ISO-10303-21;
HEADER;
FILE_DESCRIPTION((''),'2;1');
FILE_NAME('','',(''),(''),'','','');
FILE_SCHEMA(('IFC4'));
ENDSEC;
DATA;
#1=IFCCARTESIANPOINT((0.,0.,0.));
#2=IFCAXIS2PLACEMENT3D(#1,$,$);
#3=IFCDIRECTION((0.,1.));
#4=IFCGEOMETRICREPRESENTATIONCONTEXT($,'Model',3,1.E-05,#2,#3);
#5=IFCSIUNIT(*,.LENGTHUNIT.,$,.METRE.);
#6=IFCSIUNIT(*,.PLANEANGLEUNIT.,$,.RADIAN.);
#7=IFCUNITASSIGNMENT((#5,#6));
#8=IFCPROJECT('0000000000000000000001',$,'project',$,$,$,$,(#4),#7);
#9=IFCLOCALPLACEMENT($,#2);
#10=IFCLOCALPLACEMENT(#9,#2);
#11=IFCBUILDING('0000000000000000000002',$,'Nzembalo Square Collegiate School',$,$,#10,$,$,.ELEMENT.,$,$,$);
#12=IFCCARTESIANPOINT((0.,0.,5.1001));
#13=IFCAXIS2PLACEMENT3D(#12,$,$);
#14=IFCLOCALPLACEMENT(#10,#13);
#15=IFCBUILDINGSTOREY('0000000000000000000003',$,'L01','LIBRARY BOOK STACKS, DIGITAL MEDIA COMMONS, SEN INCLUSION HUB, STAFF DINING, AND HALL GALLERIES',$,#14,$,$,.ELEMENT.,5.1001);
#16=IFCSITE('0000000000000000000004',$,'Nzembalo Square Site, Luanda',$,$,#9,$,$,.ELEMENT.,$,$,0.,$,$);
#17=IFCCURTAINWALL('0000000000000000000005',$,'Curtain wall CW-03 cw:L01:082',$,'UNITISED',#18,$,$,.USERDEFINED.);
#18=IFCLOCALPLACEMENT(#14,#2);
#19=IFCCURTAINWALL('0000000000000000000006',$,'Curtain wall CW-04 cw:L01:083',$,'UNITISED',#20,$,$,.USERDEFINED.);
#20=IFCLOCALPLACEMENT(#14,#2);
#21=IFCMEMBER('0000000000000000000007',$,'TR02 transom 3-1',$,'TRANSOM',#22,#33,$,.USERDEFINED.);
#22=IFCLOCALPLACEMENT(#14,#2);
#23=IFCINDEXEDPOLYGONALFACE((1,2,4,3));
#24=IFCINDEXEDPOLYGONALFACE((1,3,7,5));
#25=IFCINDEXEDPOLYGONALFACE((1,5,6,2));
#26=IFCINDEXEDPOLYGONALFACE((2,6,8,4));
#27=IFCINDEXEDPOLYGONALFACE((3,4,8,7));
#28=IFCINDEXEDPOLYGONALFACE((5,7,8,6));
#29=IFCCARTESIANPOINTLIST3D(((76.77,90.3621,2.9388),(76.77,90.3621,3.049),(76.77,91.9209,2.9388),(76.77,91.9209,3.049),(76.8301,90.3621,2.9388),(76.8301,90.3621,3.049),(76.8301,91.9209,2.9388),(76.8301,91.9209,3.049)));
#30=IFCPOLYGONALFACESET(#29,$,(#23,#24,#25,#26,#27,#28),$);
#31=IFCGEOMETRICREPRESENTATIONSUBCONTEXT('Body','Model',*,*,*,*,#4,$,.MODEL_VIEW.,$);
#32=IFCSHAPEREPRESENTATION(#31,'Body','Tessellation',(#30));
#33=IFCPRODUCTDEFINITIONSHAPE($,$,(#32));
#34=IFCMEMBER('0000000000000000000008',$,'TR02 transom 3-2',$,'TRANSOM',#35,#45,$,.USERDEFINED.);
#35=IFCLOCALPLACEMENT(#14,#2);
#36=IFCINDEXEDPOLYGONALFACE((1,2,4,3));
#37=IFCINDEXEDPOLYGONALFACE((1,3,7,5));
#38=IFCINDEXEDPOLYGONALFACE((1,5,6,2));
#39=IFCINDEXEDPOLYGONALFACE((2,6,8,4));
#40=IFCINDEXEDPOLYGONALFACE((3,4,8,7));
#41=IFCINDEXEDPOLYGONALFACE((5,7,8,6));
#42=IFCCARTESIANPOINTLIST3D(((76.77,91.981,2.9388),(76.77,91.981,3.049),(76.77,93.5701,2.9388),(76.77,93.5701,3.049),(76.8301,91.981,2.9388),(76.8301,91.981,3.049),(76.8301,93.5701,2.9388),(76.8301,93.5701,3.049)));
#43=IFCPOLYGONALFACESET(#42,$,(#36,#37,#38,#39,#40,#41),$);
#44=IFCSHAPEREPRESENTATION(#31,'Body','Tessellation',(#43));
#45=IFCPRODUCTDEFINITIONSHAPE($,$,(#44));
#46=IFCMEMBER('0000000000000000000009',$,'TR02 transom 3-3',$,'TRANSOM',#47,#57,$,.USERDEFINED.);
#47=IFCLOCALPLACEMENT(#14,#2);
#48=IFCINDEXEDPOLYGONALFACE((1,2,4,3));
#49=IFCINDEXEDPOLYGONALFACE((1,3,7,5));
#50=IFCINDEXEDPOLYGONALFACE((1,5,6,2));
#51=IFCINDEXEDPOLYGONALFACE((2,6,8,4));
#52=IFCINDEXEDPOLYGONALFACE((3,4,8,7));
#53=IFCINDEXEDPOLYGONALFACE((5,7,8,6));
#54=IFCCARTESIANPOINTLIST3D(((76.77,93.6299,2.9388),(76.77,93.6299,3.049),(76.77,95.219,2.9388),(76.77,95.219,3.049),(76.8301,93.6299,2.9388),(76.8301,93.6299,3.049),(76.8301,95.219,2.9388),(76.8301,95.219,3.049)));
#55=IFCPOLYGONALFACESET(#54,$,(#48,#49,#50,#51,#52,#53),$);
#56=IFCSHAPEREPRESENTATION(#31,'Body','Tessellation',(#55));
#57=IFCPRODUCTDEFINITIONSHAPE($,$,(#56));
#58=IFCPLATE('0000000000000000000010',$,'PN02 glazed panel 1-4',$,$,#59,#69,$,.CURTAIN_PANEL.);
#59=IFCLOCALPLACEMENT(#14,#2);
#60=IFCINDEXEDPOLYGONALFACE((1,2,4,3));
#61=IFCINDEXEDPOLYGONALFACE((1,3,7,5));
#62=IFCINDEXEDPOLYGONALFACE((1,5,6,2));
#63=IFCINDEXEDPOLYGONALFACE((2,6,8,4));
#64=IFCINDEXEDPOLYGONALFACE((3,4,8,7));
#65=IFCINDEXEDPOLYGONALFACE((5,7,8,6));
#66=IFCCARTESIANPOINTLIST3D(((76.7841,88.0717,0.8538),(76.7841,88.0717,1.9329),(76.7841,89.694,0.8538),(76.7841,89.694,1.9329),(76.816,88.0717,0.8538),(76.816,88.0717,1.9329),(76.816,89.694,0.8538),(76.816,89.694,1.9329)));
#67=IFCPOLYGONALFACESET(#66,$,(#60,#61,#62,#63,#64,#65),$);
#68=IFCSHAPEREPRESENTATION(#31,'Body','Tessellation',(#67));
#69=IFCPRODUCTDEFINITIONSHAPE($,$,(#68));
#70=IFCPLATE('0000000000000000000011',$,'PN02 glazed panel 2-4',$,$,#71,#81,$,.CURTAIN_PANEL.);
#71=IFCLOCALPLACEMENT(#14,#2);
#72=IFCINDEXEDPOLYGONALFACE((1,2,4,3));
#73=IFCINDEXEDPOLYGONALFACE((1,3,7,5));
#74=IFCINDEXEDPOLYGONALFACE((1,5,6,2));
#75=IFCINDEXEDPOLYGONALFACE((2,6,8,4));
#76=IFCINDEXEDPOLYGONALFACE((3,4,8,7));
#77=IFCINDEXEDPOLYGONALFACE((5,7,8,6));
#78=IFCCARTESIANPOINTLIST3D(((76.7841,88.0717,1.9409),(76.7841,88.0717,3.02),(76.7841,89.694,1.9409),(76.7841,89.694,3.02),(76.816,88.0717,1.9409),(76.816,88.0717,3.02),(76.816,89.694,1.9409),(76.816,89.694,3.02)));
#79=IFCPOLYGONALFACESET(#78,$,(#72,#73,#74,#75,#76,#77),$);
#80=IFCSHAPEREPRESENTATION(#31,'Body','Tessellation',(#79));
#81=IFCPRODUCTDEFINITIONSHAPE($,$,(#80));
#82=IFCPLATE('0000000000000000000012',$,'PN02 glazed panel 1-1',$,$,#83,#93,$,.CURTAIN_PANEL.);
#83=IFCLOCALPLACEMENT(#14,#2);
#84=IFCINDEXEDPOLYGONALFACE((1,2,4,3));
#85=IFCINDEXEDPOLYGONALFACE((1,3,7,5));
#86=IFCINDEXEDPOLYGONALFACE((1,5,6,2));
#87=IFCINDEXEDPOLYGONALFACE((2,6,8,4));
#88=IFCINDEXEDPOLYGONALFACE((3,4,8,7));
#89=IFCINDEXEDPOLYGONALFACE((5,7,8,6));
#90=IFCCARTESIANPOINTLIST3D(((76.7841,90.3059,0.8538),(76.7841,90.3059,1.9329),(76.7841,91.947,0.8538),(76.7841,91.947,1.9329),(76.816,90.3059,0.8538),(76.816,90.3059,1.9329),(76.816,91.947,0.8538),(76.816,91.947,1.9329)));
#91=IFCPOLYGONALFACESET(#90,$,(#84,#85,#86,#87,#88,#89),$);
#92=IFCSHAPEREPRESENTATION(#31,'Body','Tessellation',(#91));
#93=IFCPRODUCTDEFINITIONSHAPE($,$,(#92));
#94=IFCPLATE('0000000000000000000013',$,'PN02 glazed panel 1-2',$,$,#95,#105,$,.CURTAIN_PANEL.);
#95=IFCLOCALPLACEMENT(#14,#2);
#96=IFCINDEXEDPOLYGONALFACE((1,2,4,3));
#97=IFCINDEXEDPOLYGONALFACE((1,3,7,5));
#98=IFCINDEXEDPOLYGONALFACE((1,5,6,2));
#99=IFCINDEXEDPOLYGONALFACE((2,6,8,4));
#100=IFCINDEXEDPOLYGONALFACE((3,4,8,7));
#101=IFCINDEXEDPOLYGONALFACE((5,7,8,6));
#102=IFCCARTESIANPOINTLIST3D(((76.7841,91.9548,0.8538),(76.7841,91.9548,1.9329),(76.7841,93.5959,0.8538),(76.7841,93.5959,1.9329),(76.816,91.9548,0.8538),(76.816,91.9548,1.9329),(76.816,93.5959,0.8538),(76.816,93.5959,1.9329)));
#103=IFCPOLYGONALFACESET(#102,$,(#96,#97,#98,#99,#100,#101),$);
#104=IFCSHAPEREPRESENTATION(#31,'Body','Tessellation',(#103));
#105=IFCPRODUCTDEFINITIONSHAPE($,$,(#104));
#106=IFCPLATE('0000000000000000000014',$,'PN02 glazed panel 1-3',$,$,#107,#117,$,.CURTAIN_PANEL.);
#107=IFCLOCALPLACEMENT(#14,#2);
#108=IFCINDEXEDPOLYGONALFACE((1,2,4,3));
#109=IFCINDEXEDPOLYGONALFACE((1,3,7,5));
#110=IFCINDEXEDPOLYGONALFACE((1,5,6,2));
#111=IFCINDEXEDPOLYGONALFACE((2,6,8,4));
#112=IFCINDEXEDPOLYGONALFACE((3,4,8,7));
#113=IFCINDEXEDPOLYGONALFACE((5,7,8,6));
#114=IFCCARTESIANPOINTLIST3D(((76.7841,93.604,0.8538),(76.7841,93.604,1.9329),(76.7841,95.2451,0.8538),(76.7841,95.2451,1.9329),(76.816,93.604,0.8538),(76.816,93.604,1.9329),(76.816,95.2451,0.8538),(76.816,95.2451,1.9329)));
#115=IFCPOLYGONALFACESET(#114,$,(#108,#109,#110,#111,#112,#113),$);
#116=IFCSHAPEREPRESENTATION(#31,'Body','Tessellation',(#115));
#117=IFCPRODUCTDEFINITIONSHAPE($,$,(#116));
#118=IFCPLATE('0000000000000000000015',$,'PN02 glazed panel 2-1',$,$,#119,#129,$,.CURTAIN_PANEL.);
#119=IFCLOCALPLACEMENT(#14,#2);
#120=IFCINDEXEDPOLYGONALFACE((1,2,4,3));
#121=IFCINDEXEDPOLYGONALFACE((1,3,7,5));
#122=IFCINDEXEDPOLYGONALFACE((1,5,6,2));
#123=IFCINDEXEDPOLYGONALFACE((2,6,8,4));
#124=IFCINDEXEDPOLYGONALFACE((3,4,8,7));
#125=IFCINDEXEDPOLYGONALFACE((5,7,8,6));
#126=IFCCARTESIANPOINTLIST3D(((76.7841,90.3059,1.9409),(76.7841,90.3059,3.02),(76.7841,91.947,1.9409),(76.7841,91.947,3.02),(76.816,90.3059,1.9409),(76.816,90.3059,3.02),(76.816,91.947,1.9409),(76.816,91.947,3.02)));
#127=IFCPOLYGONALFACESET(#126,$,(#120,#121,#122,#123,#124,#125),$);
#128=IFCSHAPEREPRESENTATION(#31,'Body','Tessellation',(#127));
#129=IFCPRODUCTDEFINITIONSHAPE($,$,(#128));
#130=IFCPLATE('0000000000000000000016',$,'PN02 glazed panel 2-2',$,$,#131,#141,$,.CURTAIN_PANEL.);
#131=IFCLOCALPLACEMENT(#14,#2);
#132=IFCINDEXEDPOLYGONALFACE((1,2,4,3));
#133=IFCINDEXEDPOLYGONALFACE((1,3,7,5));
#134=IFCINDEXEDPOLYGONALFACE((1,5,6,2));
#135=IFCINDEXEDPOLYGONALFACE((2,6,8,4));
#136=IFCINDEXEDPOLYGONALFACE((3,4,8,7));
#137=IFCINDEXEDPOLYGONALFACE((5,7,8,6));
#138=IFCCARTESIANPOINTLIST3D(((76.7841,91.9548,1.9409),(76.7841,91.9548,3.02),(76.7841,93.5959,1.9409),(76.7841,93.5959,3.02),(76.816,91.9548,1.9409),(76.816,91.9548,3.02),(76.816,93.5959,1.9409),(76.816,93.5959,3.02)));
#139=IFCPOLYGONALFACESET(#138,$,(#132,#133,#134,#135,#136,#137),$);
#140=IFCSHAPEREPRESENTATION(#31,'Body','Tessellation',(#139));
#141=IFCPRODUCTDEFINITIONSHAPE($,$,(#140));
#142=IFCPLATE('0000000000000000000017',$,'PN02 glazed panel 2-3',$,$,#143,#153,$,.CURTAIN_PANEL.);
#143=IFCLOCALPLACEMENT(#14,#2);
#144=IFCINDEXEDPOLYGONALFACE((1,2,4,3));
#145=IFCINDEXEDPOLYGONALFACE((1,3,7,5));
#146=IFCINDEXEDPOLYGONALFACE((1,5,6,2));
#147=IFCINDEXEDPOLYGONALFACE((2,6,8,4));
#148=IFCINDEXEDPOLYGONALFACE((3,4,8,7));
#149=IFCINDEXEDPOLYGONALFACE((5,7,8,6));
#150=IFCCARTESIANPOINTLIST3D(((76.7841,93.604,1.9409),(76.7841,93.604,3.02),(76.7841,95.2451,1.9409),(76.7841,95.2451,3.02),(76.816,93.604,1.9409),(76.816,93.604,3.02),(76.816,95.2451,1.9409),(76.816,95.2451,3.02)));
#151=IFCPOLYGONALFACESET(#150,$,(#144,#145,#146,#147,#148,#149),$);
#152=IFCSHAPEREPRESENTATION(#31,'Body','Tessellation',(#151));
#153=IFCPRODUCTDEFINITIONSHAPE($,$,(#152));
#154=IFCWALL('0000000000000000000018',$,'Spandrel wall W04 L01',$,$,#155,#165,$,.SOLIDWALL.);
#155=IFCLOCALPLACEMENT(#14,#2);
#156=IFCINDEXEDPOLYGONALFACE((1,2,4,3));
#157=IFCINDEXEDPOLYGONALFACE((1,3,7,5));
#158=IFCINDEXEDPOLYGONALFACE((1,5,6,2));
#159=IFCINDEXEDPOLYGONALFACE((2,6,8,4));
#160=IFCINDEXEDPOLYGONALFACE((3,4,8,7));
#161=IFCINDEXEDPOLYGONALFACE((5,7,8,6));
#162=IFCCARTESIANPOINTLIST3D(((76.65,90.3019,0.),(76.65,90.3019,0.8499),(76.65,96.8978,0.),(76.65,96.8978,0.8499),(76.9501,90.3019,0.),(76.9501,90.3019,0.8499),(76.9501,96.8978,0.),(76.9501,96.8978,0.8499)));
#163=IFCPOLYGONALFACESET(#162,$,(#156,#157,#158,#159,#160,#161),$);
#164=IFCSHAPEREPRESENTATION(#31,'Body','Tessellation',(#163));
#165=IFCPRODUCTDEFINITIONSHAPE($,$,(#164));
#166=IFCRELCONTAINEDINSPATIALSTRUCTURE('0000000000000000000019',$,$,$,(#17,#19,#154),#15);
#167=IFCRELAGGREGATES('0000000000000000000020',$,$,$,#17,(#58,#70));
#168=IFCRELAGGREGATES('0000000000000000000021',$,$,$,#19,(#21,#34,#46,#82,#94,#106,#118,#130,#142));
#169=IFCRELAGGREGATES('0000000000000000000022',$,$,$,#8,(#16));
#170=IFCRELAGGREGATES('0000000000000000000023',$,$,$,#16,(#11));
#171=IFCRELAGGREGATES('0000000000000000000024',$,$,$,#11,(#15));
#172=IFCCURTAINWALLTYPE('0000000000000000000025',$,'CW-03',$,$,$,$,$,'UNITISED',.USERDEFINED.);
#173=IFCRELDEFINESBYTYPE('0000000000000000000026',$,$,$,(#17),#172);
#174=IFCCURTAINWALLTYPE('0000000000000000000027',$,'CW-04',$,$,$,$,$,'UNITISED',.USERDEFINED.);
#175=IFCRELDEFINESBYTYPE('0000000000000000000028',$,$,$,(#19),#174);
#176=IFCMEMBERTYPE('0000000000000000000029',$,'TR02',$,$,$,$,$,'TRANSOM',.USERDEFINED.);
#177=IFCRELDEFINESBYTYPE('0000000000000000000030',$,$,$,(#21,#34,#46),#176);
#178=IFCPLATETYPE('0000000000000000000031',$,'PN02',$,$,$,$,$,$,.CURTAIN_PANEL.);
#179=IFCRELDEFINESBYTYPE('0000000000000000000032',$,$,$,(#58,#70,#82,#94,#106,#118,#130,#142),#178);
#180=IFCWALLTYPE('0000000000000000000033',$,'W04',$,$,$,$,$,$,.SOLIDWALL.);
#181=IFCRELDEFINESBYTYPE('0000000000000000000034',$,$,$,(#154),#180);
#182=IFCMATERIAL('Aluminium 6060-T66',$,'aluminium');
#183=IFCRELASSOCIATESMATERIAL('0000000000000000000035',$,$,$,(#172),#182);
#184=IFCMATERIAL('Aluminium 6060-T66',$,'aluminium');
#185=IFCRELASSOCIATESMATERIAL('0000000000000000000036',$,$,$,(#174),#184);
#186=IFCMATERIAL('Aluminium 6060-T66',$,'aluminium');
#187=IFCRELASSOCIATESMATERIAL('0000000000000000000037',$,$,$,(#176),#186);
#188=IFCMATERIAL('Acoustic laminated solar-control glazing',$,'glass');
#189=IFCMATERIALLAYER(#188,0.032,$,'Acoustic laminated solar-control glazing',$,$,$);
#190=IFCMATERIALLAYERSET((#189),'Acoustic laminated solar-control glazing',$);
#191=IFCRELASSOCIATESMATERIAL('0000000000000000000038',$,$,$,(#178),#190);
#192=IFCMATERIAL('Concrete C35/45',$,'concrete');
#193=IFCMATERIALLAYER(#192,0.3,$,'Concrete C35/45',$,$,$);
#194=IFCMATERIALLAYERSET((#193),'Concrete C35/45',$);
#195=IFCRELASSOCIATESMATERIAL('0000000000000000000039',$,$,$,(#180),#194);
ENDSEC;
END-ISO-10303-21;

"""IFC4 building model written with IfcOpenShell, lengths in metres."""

from ifc_helpers import new_model, si_unit, direction, frame, frame_2d, origin, origin_2d, place, context, subcontext, project, spatial, rectangle, extrude, material, layer, layer_set, material_profile, profile_set, type_object, element, aggregate, save


model = new_model("IFC4")

# Units and contexts
model_context = context("Model", 3, precision=1e-05, world=origin(), true_north=direction((0.0, 1.0)))
body_context = subcontext(model_context, "Body", "Model", "MODEL_VIEW")
ifc_project = project(units=[si_unit("LENGTHUNIT", "METRE"), si_unit("PLANEANGLEUNIT", "RADIAN")], contexts=[model_context])

# Site, building, storey
site_placement = place(None, origin())
site = spatial("IfcSite", under=ifc_project, at=site_placement, Name="Nzembalo Square Site, Luanda", CompositionType="ELEMENT", RefElevation=0.0)
building_placement = place(site_placement, origin())
building = spatial("IfcBuilding", under=site, at=building_placement, Name="Nzembalo Square Collegiate School", CompositionType="ELEMENT")
storey_placement = place(building_placement, frame((0.0, 0.0, 5.1001)))
storey = spatial("IfcBuildingStorey", under=building, at=storey_placement, Name="L01", Description="LIBRARY BOOK STACKS, DIGITAL MEDIA COMMONS, SEN INCLUSION HUB, STAFF DINING, AND HALL GALLERIES", CompositionType="ELEMENT", Elevation=5.1001)

# Curtain wall
ifc_material_1 = material(Name="Aluminium 6060-T66", Category="aluminium")
curtain_wall_type_1 = type_object("IfcCurtainWallType", Name="CW-03", ElementType="UNITISED", PredefinedType="USERDEFINED", material=ifc_material_1)
curtain_wall_1_placement = place(storey_placement, origin())
curtain_wall_1 = element("IfcCurtainWall", 1, at=curtain_wall_1_placement, inside=storey, type_object=curtain_wall_type_1, Name="Curtain wall CW-03 cw:L01:082", ObjectType="UNITISED", PredefinedType="USERDEFINED")

# Curtain wall
ifc_material_2 = material(Name="Aluminium 6060-T66", Category="aluminium")
curtain_wall_type_2 = type_object("IfcCurtainWallType", Name="CW-04", ElementType="UNITISED", PredefinedType="USERDEFINED", material=ifc_material_2)
curtain_wall_2_placement = place(storey_placement, origin())
curtain_wall_2 = element("IfcCurtainWall", 2, at=curtain_wall_2_placement, inside=storey, type_object=curtain_wall_type_2, Name="Curtain wall CW-04 cw:L01:083", ObjectType="UNITISED", PredefinedType="USERDEFINED")

# Members
ifc_material_3 = material(Name="Aluminium 6060-T66", Category="aluminium")
ifc_material_profile_1 = material_profile(ifc_material_3, rectangle(XDim=0.0601, YDim=0.1101, at=origin_2d()), Name="ALU T60x110")
ifc_profile_set_1 = profile_set([ifc_material_profile_1], Name="Aluminium 6060-T66")
member_type_1 = type_object("IfcMemberType", Name="TR02", ElementType="TRANSOM", PredefinedType="USERDEFINED", material=ifc_profile_set_1)
member_1_placement = place(storey_placement, frame((76.8, 90.3621, 2.9939), z_axis=(0.0, 1.0, 0.0), x_axis=(-1.0, 0.0, 0.0)))
member_1 = element("IfcMember", 3, at=member_1_placement, type_object=member_type_1, Name="TR02 transom 3-1", ObjectType="TRANSOM", PredefinedType="USERDEFINED", context=body_context, shape_type="SweptSolid", body=[
    extrude(rectangle(XDim=0.0601, YDim=0.1101, at=origin_2d()), origin(), (0.0, 0.0, 1.0), 1.5588),
])
member_2_placement = place(storey_placement, frame((76.8, 91.981, 2.9939), z_axis=(0.0, 1.0, 0.0), x_axis=(-1.0, 0.0, 0.0)))
member_2 = element("IfcMember", 4, at=member_2_placement, type_object=member_type_1, Name="TR02 transom 3-2", ObjectType="TRANSOM", PredefinedType="USERDEFINED", context=body_context, shape_type="SweptSolid", body=[
    extrude(rectangle(XDim=0.0601, YDim=0.1101, at=origin_2d()), origin(), (0.0, 0.0, 1.0), 1.5891),
])
member_3_placement = place(storey_placement, frame((76.8, 93.6299, 2.9939), z_axis=(0.0, 1.0, 0.0), x_axis=(-1.0, 0.0, 0.0)))
member_3 = element("IfcMember", 5, at=member_3_placement, type_object=member_type_1, Name="TR02 transom 3-3", ObjectType="TRANSOM", PredefinedType="USERDEFINED", context=body_context, shape_type="SweptSolid", body=[
    extrude(rectangle(XDim=0.0601, YDim=0.1101, at=origin_2d()), origin(), (0.0, 0.0, 1.0), 1.5891),
])

# Plates
ifc_material_4 = material(Name="Acoustic laminated solar-control glazing", Category="glass")
ifc_layer_1 = layer(ifc_material_4, 0.032, Name="Acoustic laminated solar-control glazing")
ifc_layer_set_1 = layer_set([ifc_layer_1], Name="Acoustic laminated solar-control glazing")
plate_type = type_object("IfcPlateType", Name="PN02", PredefinedType="CURTAIN_PANEL", material=ifc_layer_set_1)
plate_1_placement = place(storey_placement, frame((76.8, 88.8828, 0.8538), z_axis=(0.0, 0.0, 1.0), x_axis=(0.0, 1.0, 0.0)))
plate_1 = element("IfcPlate", 6, at=plate_1_placement, type_object=plate_type, Name="PN02 glazed panel 1-4", PredefinedType="CURTAIN_PANEL", context=body_context, shape_type="SweptSolid", body=[
    extrude(rectangle(XDim=1.6223, YDim=0.032, at=origin_2d()), origin(), (0.0, 0.0, 1.0), 1.0791),
])
plate_2_placement = place(storey_placement, frame((76.8, 88.8828, 1.9409), z_axis=(0.0, 0.0, 1.0), x_axis=(0.0, 1.0, 0.0)))
plate_2 = element("IfcPlate", 7, at=plate_2_placement, type_object=plate_type, Name="PN02 glazed panel 2-4", PredefinedType="CURTAIN_PANEL", context=body_context, shape_type="SweptSolid", body=[
    extrude(rectangle(XDim=1.6223, YDim=0.032, at=origin_2d()), origin(), (0.0, 0.0, 1.0), 1.0791),
])
aggregate(curtain_wall_1, [plate_1, plate_2])
plate_3_placement = place(storey_placement, frame((76.8, 91.1265, 0.8538), z_axis=(0.0, 0.0, 1.0), x_axis=(0.0, 1.0, 0.0)))
plate_3 = element("IfcPlate", 8, at=plate_3_placement, type_object=plate_type, Name="PN02 glazed panel 1-1", PredefinedType="CURTAIN_PANEL", context=body_context, shape_type="SweptSolid", body=[
    extrude(rectangle(XDim=1.6411, YDim=0.032, at=origin_2d()), origin(), (0.0, 0.0, 1.0), 1.0791),
])
plate_4_placement = place(storey_placement, frame((76.8, 92.7754, 0.8538), z_axis=(0.0, 0.0, 1.0), x_axis=(0.0, 1.0, 0.0)))
plate_4 = element("IfcPlate", 9, at=plate_4_placement, type_object=plate_type, Name="PN02 glazed panel 1-2", PredefinedType="CURTAIN_PANEL", context=body_context, shape_type="SweptSolid", body=[
    extrude(rectangle(XDim=1.6411, YDim=0.032, at=origin_2d()), origin(), (0.0, 0.0, 1.0), 1.0791),
])
plate_5_placement = place(storey_placement, frame((76.8, 94.4246, 0.8538), z_axis=(0.0, 0.0, 1.0), x_axis=(0.0, 1.0, 0.0)))
plate_5 = element("IfcPlate", 10, at=plate_5_placement, type_object=plate_type, Name="PN02 glazed panel 1-3", PredefinedType="CURTAIN_PANEL", context=body_context, shape_type="SweptSolid", body=[
    extrude(rectangle(XDim=1.6411, YDim=0.032, at=origin_2d()), origin(), (0.0, 0.0, 1.0), 1.0791),
])
plate_6_placement = place(storey_placement, frame((76.8, 91.1265, 1.9409), z_axis=(0.0, 0.0, 1.0), x_axis=(0.0, 1.0, 0.0)))
plate_6 = element("IfcPlate", 11, at=plate_6_placement, type_object=plate_type, Name="PN02 glazed panel 2-1", PredefinedType="CURTAIN_PANEL", context=body_context, shape_type="SweptSolid", body=[
    extrude(rectangle(XDim=1.6411, YDim=0.032, at=origin_2d()), origin(), (0.0, 0.0, 1.0), 1.0791),
])
plate_7_placement = place(storey_placement, frame((76.8, 92.7754, 1.9409), z_axis=(0.0, 0.0, 1.0), x_axis=(0.0, 1.0, 0.0)))
plate_7 = element("IfcPlate", 12, at=plate_7_placement, type_object=plate_type, Name="PN02 glazed panel 2-2", PredefinedType="CURTAIN_PANEL", context=body_context, shape_type="SweptSolid", body=[
    extrude(rectangle(XDim=1.6411, YDim=0.032, at=origin_2d()), origin(), (0.0, 0.0, 1.0), 1.0791),
])
plate_8_placement = place(storey_placement, frame((76.8, 94.4246, 1.9409), z_axis=(0.0, 0.0, 1.0), x_axis=(0.0, 1.0, 0.0)))
plate_8 = element("IfcPlate", 13, at=plate_8_placement, type_object=plate_type, Name="PN02 glazed panel 2-3", PredefinedType="CURTAIN_PANEL", context=body_context, shape_type="SweptSolid", body=[
    extrude(rectangle(XDim=1.6411, YDim=0.032, at=origin_2d()), origin(), (0.0, 0.0, 1.0), 1.0791),
])
aggregate(curtain_wall_2, [member_1, member_2, member_3, plate_3, plate_4, plate_5, plate_6, plate_7, plate_8])

# Wall
ifc_material_5 = material(Name="Concrete C35/45", Category="concrete")
ifc_layer_2 = layer(ifc_material_5, 0.3, Name="Concrete C35/45")
ifc_layer_set_2 = layer_set([ifc_layer_2], Name="Concrete C35/45")
wall_type = type_object("IfcWallType", Name="W04", PredefinedType="SOLIDWALL", material=ifc_layer_set_2)
wall_placement = place(storey_placement, frame((76.8, 90.302, 0.0), z_axis=(0.0, 0.0, 1.0), x_axis=(0.0, 1.0, 0.0)))
element("IfcWall", 14, at=wall_placement, inside=storey, type_object=wall_type, Name="Spandrel wall W04 L01", PredefinedType="SOLIDWALL", context=body_context, shape_type="SweptSolid", body=[
    extrude(rectangle(XDim=6.5959, YDim=0.3, at=frame_2d((3.2979, 0.0))), origin(), (0.0, 0.0, 1.0), 0.8499),
])

save(model, "model.ifc")
